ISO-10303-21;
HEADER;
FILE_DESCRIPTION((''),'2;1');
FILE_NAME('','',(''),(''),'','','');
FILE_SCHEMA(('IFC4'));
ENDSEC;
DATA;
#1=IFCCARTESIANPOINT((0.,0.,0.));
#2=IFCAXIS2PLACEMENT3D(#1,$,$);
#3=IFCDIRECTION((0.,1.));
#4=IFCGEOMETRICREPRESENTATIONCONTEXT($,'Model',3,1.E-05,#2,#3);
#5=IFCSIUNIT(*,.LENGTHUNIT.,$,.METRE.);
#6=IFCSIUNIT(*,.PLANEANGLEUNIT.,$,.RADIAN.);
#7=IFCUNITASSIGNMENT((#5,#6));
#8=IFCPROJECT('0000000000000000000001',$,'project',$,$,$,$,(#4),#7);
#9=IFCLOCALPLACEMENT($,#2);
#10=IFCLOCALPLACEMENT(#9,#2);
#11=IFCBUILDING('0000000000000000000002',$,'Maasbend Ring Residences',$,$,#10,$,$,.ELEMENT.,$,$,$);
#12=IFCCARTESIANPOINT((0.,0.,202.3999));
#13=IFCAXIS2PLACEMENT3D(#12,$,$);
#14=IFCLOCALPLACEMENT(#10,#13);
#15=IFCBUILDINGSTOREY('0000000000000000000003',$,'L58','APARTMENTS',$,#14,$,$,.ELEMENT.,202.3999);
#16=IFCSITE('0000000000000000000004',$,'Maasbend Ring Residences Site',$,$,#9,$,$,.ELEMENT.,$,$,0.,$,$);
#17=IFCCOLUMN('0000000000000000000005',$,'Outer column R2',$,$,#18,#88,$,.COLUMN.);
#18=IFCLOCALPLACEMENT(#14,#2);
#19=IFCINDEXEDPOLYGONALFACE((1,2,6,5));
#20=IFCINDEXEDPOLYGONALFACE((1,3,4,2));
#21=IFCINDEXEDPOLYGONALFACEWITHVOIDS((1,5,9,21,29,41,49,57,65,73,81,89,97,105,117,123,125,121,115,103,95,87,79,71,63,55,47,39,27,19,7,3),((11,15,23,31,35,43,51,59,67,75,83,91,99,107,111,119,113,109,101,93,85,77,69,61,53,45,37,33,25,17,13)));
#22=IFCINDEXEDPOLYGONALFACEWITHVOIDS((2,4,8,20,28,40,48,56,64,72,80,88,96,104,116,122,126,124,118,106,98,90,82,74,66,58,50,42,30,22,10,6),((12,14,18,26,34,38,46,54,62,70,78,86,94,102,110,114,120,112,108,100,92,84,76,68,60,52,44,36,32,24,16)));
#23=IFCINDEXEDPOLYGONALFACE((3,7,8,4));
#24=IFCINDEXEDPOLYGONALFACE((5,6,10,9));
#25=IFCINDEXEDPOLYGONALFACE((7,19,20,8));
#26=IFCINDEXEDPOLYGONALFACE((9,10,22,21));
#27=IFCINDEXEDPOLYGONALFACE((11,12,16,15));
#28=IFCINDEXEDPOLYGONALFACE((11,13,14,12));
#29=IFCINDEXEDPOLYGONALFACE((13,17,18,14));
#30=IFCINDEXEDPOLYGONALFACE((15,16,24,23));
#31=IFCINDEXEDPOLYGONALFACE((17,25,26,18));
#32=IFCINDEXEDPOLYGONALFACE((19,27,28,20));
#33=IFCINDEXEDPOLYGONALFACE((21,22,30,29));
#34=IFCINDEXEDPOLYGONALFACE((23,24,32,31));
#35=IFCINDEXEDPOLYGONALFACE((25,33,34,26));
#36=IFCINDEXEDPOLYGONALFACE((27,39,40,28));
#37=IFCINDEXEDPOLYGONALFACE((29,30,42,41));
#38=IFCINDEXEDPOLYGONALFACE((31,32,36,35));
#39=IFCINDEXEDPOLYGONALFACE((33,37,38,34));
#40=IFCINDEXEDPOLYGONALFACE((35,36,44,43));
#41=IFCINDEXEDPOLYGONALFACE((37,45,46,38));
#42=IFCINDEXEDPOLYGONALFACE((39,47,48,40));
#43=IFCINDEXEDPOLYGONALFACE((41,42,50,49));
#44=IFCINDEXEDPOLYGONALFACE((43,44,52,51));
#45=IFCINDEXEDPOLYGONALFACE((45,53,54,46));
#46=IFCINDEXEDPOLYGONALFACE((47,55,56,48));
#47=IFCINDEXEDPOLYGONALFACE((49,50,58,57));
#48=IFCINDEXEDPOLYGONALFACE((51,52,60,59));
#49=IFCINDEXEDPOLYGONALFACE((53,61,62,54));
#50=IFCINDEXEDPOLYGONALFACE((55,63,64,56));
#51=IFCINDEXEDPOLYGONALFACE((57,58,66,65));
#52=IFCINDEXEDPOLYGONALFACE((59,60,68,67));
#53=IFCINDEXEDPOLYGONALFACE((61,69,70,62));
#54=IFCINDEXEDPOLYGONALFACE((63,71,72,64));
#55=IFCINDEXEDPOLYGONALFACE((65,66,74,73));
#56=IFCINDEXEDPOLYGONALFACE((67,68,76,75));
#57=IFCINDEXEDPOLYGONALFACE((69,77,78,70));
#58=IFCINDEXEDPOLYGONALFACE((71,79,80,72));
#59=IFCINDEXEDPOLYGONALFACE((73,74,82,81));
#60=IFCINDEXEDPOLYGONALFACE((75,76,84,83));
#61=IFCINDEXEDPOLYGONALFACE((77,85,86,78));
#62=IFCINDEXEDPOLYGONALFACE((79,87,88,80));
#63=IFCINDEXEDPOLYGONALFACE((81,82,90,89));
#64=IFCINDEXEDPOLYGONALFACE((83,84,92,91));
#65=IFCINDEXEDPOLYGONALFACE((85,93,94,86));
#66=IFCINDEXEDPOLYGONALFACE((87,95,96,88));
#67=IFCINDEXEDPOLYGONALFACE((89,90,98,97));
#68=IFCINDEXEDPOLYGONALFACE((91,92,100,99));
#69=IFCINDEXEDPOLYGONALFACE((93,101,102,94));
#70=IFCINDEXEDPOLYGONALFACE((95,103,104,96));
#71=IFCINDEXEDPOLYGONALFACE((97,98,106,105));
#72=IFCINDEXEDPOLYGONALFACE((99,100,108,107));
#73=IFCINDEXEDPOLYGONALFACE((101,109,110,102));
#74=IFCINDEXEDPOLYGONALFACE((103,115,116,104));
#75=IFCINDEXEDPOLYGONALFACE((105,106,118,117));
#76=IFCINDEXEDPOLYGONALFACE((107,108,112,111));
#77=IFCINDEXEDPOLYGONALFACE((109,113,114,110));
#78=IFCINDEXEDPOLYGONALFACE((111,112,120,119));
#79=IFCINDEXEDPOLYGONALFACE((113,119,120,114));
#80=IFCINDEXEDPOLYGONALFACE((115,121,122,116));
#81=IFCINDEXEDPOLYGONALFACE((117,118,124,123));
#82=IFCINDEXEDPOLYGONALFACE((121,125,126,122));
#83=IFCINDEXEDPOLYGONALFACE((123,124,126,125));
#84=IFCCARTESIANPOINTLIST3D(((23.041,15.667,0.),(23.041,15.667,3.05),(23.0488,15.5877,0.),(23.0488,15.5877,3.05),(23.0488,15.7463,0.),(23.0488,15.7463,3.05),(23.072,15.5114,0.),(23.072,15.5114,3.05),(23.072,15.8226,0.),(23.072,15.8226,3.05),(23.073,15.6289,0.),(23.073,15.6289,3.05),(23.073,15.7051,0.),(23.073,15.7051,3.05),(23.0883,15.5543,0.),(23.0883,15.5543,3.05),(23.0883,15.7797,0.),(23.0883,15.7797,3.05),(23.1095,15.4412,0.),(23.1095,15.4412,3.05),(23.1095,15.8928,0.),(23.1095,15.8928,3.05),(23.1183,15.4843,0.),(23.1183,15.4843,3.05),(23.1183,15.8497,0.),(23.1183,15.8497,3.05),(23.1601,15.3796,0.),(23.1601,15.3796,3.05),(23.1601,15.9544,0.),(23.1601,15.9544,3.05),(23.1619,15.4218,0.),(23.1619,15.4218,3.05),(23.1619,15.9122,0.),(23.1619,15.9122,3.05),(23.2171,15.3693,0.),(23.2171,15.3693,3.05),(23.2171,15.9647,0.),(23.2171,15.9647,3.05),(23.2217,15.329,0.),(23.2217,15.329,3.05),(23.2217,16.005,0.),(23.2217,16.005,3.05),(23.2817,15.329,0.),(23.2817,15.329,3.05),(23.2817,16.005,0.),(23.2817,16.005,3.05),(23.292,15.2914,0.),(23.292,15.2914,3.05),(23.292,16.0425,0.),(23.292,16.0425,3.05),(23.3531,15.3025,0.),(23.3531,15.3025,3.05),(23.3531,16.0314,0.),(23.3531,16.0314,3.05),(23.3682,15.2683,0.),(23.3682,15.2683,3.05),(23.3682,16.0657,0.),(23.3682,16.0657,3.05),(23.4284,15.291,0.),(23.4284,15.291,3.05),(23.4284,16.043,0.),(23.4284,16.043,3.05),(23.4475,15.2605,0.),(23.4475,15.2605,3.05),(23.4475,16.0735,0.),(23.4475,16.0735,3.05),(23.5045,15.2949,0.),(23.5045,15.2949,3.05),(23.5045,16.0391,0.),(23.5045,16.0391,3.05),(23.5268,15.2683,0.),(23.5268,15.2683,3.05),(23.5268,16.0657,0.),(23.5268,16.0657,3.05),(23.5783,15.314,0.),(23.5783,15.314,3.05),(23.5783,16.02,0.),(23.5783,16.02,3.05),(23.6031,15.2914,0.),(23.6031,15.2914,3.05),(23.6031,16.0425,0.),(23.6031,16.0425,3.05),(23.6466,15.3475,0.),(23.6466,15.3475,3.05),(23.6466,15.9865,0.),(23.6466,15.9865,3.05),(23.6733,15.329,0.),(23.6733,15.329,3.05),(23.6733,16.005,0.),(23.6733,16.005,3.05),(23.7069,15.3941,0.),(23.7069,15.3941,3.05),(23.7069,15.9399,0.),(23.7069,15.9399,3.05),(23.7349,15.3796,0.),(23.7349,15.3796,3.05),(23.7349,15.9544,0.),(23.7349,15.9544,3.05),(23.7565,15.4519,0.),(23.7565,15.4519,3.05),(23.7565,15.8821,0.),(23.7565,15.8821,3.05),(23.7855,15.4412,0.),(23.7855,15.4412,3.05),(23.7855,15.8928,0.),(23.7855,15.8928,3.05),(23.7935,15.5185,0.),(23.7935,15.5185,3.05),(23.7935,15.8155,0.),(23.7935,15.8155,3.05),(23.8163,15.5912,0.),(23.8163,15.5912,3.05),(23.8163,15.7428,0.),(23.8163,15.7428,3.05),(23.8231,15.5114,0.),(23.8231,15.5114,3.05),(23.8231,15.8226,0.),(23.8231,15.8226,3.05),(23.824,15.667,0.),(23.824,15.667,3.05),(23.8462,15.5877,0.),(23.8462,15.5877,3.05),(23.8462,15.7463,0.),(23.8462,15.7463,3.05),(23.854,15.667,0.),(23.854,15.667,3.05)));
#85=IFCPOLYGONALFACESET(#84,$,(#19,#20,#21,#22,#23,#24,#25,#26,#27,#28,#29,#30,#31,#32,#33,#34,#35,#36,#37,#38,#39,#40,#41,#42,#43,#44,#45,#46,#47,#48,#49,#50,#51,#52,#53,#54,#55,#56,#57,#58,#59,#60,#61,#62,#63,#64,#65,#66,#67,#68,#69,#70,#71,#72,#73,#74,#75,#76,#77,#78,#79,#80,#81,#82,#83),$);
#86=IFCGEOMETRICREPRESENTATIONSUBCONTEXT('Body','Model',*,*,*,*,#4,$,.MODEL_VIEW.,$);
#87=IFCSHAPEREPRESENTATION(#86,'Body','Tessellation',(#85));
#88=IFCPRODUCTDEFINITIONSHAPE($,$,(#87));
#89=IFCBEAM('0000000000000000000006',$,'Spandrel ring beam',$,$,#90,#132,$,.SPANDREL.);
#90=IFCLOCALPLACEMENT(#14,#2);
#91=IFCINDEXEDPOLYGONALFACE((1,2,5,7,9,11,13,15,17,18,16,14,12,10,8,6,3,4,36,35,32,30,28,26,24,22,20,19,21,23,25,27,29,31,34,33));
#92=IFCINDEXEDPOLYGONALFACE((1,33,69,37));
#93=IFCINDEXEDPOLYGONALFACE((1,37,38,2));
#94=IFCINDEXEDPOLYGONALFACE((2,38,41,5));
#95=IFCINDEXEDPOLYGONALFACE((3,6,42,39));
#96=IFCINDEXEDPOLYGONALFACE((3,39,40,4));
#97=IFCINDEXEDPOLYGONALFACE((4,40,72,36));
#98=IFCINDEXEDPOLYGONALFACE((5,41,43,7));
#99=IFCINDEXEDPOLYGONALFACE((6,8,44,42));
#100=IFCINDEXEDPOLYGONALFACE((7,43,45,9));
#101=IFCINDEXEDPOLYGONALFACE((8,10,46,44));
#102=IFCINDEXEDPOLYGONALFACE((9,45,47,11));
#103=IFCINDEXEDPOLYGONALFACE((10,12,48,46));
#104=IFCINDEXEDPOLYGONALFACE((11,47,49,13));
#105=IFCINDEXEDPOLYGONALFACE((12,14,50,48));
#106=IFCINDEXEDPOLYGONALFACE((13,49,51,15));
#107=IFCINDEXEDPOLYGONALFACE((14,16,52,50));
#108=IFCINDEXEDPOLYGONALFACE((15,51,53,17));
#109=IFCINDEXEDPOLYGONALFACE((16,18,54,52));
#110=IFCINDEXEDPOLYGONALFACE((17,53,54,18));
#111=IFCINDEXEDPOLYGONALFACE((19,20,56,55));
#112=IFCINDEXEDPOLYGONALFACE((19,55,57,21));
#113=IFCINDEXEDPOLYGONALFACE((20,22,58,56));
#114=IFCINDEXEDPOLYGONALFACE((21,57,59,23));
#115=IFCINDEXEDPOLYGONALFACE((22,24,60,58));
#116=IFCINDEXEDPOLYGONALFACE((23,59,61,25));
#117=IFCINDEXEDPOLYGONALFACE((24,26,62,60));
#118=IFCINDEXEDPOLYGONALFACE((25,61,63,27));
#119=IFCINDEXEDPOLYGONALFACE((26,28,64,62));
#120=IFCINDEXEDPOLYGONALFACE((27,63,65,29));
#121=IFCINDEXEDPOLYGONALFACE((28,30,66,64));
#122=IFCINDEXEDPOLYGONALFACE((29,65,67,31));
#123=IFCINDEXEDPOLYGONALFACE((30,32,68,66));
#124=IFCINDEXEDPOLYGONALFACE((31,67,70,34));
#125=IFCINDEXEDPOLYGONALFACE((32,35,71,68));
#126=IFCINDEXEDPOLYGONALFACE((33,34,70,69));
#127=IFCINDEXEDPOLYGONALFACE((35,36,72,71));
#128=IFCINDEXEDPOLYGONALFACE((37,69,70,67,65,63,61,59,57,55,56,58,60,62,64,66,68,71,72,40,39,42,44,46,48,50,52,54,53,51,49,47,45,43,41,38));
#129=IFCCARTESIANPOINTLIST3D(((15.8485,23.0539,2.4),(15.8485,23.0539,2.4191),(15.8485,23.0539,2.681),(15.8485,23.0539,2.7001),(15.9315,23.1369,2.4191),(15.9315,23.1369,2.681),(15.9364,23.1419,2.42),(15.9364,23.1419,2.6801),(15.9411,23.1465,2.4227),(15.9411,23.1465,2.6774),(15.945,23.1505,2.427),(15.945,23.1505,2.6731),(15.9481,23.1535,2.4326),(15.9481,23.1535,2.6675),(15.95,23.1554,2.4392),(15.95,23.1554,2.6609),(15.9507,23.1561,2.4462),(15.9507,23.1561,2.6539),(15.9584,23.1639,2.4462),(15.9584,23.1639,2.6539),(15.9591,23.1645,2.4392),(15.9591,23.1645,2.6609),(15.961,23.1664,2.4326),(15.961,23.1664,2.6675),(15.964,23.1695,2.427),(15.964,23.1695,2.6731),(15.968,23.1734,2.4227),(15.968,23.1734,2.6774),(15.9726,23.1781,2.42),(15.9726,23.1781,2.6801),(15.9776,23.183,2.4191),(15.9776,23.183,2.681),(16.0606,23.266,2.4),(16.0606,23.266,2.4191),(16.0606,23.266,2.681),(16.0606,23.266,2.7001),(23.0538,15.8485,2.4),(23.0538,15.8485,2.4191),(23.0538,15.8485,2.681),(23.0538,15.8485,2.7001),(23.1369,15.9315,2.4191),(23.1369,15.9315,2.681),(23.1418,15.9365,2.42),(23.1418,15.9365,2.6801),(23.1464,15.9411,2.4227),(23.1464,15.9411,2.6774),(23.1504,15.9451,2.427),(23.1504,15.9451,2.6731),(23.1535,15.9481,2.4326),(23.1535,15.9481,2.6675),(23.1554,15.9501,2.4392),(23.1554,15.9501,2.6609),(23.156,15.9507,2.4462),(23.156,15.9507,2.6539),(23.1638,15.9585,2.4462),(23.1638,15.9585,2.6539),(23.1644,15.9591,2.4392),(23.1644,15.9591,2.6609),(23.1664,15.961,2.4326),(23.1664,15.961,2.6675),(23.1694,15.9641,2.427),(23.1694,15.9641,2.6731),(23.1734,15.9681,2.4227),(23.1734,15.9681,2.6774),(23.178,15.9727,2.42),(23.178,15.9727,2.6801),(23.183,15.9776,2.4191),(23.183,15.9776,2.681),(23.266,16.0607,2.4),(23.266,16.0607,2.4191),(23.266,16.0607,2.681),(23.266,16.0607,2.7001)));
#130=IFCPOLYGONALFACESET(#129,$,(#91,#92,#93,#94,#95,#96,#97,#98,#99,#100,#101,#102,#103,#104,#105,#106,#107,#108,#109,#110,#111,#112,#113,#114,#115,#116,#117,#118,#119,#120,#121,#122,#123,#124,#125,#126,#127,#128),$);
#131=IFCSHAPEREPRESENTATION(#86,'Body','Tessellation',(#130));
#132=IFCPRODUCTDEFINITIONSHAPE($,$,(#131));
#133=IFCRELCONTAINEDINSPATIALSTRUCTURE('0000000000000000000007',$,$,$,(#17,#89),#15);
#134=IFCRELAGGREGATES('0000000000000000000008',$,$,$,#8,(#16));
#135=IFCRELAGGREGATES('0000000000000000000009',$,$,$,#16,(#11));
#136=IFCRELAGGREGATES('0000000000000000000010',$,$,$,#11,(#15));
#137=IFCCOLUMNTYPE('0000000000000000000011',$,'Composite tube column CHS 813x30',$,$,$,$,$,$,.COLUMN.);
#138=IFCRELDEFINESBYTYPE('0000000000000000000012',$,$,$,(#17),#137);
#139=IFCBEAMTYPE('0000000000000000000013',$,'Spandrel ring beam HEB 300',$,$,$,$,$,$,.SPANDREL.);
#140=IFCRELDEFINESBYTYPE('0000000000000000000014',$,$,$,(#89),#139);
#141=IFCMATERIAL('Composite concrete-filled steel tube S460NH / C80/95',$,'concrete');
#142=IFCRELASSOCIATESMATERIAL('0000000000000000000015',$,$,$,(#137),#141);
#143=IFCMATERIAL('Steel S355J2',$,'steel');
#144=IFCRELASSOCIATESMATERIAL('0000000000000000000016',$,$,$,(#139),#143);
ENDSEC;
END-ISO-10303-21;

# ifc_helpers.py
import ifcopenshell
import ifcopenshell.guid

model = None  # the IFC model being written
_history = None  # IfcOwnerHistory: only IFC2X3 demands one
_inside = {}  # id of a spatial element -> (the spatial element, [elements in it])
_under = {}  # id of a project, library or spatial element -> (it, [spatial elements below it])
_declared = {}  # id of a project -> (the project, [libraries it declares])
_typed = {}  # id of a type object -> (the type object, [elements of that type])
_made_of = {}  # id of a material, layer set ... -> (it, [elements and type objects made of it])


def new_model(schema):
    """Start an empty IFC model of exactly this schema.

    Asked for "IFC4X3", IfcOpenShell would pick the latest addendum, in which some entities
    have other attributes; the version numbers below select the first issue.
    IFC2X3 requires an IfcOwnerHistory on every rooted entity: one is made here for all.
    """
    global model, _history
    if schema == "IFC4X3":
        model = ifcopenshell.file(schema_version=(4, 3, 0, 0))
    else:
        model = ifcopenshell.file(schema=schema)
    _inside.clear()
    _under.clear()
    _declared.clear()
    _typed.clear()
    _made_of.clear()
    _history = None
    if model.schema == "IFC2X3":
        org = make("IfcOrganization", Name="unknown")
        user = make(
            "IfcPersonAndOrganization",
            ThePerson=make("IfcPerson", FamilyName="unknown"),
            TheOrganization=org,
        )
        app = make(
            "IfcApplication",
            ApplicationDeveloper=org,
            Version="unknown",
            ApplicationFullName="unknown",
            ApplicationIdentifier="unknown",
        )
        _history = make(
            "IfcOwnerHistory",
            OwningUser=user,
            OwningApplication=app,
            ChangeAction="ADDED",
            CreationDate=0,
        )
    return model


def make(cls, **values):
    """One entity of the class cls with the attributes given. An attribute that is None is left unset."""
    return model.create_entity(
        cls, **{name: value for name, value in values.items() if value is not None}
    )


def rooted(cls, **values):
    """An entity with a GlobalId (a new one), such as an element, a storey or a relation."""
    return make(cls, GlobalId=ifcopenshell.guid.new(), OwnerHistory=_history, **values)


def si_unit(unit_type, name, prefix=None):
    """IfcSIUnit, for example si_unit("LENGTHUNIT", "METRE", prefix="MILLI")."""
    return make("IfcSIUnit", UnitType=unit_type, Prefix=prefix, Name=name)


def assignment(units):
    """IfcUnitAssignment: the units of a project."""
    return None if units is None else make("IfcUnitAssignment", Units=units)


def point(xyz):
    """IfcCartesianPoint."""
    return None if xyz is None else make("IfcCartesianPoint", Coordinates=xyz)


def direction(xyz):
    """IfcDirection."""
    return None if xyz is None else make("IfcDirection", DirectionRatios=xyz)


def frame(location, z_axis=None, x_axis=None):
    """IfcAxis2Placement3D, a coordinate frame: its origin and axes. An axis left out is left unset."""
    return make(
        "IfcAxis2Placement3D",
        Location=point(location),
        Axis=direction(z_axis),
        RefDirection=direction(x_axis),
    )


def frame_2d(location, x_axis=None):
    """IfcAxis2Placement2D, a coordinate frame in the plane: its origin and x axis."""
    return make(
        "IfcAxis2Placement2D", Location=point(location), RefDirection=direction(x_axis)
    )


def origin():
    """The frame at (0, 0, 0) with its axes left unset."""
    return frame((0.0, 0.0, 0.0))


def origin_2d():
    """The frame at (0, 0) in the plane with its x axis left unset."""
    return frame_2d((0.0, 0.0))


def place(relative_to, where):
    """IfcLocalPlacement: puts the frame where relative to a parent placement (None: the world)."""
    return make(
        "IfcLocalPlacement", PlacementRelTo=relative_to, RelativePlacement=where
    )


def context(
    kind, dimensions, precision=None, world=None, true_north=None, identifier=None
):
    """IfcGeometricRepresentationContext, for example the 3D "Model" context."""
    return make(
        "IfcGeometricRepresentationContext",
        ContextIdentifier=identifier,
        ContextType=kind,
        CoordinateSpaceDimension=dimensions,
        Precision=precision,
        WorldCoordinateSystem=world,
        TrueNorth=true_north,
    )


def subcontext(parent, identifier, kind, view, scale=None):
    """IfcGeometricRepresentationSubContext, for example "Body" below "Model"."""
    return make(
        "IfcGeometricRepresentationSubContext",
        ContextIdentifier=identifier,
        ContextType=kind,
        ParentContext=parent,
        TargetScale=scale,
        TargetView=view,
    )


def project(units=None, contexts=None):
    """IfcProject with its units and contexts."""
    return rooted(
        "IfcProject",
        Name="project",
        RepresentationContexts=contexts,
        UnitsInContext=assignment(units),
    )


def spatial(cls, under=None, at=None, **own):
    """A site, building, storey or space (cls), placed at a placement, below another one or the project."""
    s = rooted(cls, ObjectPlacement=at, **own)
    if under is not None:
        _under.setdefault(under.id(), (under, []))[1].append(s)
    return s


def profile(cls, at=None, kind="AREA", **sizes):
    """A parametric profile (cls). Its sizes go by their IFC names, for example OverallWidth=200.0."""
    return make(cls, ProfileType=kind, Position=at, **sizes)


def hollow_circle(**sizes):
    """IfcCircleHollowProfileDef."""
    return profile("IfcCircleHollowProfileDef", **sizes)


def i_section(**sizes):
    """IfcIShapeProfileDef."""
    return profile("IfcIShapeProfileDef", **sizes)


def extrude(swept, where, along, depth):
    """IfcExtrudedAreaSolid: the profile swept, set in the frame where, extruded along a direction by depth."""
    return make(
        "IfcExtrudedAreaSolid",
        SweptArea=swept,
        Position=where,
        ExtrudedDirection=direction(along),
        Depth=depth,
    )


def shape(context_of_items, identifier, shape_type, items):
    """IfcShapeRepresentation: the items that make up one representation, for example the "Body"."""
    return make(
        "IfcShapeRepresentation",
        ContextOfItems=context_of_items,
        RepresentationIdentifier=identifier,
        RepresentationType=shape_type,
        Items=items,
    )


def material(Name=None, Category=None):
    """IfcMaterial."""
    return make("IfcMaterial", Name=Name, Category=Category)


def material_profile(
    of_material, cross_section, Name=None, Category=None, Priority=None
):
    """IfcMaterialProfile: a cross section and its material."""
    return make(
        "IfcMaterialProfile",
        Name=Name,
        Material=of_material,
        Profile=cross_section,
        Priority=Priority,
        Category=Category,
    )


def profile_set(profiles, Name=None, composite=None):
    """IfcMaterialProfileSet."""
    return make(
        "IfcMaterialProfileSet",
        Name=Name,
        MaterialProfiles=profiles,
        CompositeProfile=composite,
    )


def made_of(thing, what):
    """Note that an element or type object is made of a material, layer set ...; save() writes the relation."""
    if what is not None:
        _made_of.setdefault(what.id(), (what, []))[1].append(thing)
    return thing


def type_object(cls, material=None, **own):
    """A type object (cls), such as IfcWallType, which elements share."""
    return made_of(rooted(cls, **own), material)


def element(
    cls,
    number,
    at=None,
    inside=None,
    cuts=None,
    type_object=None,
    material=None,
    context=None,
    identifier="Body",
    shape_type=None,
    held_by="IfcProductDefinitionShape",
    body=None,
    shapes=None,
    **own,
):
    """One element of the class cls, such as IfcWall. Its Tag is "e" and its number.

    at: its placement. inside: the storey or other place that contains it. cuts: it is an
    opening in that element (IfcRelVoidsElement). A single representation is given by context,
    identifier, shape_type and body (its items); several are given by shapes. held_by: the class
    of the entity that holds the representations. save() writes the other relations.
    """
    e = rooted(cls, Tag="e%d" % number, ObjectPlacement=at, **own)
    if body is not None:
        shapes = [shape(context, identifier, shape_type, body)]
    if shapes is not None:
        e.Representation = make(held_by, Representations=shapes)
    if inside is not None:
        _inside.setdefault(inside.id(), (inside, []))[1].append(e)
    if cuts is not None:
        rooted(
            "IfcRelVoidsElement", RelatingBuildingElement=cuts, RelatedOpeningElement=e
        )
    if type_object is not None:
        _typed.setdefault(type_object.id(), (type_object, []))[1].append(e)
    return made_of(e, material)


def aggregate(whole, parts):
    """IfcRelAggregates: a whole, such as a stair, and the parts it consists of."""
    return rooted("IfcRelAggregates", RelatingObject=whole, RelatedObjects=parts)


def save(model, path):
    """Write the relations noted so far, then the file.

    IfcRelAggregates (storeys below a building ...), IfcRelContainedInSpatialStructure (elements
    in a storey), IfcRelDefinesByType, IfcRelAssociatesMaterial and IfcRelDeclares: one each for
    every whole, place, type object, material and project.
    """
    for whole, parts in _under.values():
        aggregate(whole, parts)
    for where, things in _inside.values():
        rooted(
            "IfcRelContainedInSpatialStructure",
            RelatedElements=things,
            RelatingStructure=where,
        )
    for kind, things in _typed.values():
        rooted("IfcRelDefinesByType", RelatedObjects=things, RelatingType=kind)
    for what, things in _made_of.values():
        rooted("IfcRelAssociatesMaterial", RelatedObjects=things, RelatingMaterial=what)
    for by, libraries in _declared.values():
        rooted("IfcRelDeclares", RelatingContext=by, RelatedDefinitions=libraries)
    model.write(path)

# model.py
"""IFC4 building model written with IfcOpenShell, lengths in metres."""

from ifc_helpers import new_model, si_unit, direction, frame, origin, origin_2d, place, context, subcontext, project, spatial, hollow_circle, i_section, extrude, material, material_profile, profile_set, type_object, element, save


model = new_model("IFC4")

# Units and contexts
model_context = context("Model", 3, precision=1e-05, world=origin(), true_north=direction((0.0, 1.0)))
body_context = subcontext(model_context, "Body", "Model", "MODEL_VIEW")
ifc_project = project(units=[si_unit("LENGTHUNIT", "METRE"), si_unit("PLANEANGLEUNIT", "RADIAN")], contexts=[model_context])

# Site, building, storey
site_placement = place(None, origin())
site = spatial("IfcSite", under=ifc_project, at=site_placement, Name="Maasbend Ring Residences Site", CompositionType="ELEMENT", RefElevation=0.0)
building_placement = place(site_placement, origin())
building = spatial("IfcBuilding", under=site, at=building_placement, Name="Maasbend Ring Residences", CompositionType="ELEMENT")
storey_placement = place(building_placement, frame((0.0, 0.0, 202.3999)))
storey = spatial("IfcBuildingStorey", under=building, at=storey_placement, Name="L58", Description="APARTMENTS", CompositionType="ELEMENT", Elevation=202.3999)

# Column
ifc_material_1 = material(Name="Composite concrete-filled steel tube S460NH / C80/95", Category="concrete")
ifc_material_profile_1 = material_profile(ifc_material_1, hollow_circle(Radius=0.4065, WallThickness=0.03, at=origin_2d()), Name="Composite tube column CHS 813x30")
ifc_profile_set_1 = profile_set([ifc_material_profile_1], Name="Composite concrete-filled steel tube S460NH / C80/95")
column_type = type_object("IfcColumnType", Name="Composite tube column CHS 813x30", PredefinedType="COLUMN", material=ifc_profile_set_1)
column_placement = place(storey_placement, frame((23.4475, 15.667, 0.0), z_axis=(0.0, 0.0, 1.0), x_axis=(1.0, 0.0, 0.0)))
element("IfcColumn", 1, at=column_placement, inside=storey, type_object=column_type, Name="Outer column R2", PredefinedType="COLUMN", context=body_context, shape_type="SweptSolid", body=[
    extrude(hollow_circle(Radius=0.4065, WallThickness=0.03, at=origin_2d()), origin(), (0.0, 0.0, 1.0), 3.05),
])

# Beam
ifc_material_2 = material(Name="Steel S355J2", Category="steel")
ifc_material_profile_2 = material_profile(ifc_material_2, i_section(OverallWidth=0.3, OverallDepth=0.3, WebThickness=0.011, FlangeThickness=0.019, FilletRadius=0.0271, at=origin_2d()), Name="HEB 300")
ifc_profile_set_2 = profile_set([ifc_material_profile_2], Name="Steel S355J2")
beam_type = type_object("IfcBeamType", Name="Spandrel ring beam HEB 300", PredefinedType="SPANDREL", material=ifc_profile_set_2)
beam_placement = place(storey_placement, frame((23.1599, 15.9546, 2.55), z_axis=(-0.707107, 0.707107, 0.0), x_axis=(-0.707107, -0.707107, 0.0)))
element("IfcBeam", 2, at=beam_placement, inside=storey, type_object=beam_type, Name="Spandrel ring beam", PredefinedType="SPANDREL", context=body_context, shape_type="SweptSolid", body=[
    extrude(i_section(OverallWidth=0.3, OverallDepth=0.3, WebThickness=0.011, FlangeThickness=0.019, FilletRadius=0.0271, at=origin_2d()), origin(), (0.0, 0.0, 1.0), 10.1899),
])

save(model, "model.ifc")
